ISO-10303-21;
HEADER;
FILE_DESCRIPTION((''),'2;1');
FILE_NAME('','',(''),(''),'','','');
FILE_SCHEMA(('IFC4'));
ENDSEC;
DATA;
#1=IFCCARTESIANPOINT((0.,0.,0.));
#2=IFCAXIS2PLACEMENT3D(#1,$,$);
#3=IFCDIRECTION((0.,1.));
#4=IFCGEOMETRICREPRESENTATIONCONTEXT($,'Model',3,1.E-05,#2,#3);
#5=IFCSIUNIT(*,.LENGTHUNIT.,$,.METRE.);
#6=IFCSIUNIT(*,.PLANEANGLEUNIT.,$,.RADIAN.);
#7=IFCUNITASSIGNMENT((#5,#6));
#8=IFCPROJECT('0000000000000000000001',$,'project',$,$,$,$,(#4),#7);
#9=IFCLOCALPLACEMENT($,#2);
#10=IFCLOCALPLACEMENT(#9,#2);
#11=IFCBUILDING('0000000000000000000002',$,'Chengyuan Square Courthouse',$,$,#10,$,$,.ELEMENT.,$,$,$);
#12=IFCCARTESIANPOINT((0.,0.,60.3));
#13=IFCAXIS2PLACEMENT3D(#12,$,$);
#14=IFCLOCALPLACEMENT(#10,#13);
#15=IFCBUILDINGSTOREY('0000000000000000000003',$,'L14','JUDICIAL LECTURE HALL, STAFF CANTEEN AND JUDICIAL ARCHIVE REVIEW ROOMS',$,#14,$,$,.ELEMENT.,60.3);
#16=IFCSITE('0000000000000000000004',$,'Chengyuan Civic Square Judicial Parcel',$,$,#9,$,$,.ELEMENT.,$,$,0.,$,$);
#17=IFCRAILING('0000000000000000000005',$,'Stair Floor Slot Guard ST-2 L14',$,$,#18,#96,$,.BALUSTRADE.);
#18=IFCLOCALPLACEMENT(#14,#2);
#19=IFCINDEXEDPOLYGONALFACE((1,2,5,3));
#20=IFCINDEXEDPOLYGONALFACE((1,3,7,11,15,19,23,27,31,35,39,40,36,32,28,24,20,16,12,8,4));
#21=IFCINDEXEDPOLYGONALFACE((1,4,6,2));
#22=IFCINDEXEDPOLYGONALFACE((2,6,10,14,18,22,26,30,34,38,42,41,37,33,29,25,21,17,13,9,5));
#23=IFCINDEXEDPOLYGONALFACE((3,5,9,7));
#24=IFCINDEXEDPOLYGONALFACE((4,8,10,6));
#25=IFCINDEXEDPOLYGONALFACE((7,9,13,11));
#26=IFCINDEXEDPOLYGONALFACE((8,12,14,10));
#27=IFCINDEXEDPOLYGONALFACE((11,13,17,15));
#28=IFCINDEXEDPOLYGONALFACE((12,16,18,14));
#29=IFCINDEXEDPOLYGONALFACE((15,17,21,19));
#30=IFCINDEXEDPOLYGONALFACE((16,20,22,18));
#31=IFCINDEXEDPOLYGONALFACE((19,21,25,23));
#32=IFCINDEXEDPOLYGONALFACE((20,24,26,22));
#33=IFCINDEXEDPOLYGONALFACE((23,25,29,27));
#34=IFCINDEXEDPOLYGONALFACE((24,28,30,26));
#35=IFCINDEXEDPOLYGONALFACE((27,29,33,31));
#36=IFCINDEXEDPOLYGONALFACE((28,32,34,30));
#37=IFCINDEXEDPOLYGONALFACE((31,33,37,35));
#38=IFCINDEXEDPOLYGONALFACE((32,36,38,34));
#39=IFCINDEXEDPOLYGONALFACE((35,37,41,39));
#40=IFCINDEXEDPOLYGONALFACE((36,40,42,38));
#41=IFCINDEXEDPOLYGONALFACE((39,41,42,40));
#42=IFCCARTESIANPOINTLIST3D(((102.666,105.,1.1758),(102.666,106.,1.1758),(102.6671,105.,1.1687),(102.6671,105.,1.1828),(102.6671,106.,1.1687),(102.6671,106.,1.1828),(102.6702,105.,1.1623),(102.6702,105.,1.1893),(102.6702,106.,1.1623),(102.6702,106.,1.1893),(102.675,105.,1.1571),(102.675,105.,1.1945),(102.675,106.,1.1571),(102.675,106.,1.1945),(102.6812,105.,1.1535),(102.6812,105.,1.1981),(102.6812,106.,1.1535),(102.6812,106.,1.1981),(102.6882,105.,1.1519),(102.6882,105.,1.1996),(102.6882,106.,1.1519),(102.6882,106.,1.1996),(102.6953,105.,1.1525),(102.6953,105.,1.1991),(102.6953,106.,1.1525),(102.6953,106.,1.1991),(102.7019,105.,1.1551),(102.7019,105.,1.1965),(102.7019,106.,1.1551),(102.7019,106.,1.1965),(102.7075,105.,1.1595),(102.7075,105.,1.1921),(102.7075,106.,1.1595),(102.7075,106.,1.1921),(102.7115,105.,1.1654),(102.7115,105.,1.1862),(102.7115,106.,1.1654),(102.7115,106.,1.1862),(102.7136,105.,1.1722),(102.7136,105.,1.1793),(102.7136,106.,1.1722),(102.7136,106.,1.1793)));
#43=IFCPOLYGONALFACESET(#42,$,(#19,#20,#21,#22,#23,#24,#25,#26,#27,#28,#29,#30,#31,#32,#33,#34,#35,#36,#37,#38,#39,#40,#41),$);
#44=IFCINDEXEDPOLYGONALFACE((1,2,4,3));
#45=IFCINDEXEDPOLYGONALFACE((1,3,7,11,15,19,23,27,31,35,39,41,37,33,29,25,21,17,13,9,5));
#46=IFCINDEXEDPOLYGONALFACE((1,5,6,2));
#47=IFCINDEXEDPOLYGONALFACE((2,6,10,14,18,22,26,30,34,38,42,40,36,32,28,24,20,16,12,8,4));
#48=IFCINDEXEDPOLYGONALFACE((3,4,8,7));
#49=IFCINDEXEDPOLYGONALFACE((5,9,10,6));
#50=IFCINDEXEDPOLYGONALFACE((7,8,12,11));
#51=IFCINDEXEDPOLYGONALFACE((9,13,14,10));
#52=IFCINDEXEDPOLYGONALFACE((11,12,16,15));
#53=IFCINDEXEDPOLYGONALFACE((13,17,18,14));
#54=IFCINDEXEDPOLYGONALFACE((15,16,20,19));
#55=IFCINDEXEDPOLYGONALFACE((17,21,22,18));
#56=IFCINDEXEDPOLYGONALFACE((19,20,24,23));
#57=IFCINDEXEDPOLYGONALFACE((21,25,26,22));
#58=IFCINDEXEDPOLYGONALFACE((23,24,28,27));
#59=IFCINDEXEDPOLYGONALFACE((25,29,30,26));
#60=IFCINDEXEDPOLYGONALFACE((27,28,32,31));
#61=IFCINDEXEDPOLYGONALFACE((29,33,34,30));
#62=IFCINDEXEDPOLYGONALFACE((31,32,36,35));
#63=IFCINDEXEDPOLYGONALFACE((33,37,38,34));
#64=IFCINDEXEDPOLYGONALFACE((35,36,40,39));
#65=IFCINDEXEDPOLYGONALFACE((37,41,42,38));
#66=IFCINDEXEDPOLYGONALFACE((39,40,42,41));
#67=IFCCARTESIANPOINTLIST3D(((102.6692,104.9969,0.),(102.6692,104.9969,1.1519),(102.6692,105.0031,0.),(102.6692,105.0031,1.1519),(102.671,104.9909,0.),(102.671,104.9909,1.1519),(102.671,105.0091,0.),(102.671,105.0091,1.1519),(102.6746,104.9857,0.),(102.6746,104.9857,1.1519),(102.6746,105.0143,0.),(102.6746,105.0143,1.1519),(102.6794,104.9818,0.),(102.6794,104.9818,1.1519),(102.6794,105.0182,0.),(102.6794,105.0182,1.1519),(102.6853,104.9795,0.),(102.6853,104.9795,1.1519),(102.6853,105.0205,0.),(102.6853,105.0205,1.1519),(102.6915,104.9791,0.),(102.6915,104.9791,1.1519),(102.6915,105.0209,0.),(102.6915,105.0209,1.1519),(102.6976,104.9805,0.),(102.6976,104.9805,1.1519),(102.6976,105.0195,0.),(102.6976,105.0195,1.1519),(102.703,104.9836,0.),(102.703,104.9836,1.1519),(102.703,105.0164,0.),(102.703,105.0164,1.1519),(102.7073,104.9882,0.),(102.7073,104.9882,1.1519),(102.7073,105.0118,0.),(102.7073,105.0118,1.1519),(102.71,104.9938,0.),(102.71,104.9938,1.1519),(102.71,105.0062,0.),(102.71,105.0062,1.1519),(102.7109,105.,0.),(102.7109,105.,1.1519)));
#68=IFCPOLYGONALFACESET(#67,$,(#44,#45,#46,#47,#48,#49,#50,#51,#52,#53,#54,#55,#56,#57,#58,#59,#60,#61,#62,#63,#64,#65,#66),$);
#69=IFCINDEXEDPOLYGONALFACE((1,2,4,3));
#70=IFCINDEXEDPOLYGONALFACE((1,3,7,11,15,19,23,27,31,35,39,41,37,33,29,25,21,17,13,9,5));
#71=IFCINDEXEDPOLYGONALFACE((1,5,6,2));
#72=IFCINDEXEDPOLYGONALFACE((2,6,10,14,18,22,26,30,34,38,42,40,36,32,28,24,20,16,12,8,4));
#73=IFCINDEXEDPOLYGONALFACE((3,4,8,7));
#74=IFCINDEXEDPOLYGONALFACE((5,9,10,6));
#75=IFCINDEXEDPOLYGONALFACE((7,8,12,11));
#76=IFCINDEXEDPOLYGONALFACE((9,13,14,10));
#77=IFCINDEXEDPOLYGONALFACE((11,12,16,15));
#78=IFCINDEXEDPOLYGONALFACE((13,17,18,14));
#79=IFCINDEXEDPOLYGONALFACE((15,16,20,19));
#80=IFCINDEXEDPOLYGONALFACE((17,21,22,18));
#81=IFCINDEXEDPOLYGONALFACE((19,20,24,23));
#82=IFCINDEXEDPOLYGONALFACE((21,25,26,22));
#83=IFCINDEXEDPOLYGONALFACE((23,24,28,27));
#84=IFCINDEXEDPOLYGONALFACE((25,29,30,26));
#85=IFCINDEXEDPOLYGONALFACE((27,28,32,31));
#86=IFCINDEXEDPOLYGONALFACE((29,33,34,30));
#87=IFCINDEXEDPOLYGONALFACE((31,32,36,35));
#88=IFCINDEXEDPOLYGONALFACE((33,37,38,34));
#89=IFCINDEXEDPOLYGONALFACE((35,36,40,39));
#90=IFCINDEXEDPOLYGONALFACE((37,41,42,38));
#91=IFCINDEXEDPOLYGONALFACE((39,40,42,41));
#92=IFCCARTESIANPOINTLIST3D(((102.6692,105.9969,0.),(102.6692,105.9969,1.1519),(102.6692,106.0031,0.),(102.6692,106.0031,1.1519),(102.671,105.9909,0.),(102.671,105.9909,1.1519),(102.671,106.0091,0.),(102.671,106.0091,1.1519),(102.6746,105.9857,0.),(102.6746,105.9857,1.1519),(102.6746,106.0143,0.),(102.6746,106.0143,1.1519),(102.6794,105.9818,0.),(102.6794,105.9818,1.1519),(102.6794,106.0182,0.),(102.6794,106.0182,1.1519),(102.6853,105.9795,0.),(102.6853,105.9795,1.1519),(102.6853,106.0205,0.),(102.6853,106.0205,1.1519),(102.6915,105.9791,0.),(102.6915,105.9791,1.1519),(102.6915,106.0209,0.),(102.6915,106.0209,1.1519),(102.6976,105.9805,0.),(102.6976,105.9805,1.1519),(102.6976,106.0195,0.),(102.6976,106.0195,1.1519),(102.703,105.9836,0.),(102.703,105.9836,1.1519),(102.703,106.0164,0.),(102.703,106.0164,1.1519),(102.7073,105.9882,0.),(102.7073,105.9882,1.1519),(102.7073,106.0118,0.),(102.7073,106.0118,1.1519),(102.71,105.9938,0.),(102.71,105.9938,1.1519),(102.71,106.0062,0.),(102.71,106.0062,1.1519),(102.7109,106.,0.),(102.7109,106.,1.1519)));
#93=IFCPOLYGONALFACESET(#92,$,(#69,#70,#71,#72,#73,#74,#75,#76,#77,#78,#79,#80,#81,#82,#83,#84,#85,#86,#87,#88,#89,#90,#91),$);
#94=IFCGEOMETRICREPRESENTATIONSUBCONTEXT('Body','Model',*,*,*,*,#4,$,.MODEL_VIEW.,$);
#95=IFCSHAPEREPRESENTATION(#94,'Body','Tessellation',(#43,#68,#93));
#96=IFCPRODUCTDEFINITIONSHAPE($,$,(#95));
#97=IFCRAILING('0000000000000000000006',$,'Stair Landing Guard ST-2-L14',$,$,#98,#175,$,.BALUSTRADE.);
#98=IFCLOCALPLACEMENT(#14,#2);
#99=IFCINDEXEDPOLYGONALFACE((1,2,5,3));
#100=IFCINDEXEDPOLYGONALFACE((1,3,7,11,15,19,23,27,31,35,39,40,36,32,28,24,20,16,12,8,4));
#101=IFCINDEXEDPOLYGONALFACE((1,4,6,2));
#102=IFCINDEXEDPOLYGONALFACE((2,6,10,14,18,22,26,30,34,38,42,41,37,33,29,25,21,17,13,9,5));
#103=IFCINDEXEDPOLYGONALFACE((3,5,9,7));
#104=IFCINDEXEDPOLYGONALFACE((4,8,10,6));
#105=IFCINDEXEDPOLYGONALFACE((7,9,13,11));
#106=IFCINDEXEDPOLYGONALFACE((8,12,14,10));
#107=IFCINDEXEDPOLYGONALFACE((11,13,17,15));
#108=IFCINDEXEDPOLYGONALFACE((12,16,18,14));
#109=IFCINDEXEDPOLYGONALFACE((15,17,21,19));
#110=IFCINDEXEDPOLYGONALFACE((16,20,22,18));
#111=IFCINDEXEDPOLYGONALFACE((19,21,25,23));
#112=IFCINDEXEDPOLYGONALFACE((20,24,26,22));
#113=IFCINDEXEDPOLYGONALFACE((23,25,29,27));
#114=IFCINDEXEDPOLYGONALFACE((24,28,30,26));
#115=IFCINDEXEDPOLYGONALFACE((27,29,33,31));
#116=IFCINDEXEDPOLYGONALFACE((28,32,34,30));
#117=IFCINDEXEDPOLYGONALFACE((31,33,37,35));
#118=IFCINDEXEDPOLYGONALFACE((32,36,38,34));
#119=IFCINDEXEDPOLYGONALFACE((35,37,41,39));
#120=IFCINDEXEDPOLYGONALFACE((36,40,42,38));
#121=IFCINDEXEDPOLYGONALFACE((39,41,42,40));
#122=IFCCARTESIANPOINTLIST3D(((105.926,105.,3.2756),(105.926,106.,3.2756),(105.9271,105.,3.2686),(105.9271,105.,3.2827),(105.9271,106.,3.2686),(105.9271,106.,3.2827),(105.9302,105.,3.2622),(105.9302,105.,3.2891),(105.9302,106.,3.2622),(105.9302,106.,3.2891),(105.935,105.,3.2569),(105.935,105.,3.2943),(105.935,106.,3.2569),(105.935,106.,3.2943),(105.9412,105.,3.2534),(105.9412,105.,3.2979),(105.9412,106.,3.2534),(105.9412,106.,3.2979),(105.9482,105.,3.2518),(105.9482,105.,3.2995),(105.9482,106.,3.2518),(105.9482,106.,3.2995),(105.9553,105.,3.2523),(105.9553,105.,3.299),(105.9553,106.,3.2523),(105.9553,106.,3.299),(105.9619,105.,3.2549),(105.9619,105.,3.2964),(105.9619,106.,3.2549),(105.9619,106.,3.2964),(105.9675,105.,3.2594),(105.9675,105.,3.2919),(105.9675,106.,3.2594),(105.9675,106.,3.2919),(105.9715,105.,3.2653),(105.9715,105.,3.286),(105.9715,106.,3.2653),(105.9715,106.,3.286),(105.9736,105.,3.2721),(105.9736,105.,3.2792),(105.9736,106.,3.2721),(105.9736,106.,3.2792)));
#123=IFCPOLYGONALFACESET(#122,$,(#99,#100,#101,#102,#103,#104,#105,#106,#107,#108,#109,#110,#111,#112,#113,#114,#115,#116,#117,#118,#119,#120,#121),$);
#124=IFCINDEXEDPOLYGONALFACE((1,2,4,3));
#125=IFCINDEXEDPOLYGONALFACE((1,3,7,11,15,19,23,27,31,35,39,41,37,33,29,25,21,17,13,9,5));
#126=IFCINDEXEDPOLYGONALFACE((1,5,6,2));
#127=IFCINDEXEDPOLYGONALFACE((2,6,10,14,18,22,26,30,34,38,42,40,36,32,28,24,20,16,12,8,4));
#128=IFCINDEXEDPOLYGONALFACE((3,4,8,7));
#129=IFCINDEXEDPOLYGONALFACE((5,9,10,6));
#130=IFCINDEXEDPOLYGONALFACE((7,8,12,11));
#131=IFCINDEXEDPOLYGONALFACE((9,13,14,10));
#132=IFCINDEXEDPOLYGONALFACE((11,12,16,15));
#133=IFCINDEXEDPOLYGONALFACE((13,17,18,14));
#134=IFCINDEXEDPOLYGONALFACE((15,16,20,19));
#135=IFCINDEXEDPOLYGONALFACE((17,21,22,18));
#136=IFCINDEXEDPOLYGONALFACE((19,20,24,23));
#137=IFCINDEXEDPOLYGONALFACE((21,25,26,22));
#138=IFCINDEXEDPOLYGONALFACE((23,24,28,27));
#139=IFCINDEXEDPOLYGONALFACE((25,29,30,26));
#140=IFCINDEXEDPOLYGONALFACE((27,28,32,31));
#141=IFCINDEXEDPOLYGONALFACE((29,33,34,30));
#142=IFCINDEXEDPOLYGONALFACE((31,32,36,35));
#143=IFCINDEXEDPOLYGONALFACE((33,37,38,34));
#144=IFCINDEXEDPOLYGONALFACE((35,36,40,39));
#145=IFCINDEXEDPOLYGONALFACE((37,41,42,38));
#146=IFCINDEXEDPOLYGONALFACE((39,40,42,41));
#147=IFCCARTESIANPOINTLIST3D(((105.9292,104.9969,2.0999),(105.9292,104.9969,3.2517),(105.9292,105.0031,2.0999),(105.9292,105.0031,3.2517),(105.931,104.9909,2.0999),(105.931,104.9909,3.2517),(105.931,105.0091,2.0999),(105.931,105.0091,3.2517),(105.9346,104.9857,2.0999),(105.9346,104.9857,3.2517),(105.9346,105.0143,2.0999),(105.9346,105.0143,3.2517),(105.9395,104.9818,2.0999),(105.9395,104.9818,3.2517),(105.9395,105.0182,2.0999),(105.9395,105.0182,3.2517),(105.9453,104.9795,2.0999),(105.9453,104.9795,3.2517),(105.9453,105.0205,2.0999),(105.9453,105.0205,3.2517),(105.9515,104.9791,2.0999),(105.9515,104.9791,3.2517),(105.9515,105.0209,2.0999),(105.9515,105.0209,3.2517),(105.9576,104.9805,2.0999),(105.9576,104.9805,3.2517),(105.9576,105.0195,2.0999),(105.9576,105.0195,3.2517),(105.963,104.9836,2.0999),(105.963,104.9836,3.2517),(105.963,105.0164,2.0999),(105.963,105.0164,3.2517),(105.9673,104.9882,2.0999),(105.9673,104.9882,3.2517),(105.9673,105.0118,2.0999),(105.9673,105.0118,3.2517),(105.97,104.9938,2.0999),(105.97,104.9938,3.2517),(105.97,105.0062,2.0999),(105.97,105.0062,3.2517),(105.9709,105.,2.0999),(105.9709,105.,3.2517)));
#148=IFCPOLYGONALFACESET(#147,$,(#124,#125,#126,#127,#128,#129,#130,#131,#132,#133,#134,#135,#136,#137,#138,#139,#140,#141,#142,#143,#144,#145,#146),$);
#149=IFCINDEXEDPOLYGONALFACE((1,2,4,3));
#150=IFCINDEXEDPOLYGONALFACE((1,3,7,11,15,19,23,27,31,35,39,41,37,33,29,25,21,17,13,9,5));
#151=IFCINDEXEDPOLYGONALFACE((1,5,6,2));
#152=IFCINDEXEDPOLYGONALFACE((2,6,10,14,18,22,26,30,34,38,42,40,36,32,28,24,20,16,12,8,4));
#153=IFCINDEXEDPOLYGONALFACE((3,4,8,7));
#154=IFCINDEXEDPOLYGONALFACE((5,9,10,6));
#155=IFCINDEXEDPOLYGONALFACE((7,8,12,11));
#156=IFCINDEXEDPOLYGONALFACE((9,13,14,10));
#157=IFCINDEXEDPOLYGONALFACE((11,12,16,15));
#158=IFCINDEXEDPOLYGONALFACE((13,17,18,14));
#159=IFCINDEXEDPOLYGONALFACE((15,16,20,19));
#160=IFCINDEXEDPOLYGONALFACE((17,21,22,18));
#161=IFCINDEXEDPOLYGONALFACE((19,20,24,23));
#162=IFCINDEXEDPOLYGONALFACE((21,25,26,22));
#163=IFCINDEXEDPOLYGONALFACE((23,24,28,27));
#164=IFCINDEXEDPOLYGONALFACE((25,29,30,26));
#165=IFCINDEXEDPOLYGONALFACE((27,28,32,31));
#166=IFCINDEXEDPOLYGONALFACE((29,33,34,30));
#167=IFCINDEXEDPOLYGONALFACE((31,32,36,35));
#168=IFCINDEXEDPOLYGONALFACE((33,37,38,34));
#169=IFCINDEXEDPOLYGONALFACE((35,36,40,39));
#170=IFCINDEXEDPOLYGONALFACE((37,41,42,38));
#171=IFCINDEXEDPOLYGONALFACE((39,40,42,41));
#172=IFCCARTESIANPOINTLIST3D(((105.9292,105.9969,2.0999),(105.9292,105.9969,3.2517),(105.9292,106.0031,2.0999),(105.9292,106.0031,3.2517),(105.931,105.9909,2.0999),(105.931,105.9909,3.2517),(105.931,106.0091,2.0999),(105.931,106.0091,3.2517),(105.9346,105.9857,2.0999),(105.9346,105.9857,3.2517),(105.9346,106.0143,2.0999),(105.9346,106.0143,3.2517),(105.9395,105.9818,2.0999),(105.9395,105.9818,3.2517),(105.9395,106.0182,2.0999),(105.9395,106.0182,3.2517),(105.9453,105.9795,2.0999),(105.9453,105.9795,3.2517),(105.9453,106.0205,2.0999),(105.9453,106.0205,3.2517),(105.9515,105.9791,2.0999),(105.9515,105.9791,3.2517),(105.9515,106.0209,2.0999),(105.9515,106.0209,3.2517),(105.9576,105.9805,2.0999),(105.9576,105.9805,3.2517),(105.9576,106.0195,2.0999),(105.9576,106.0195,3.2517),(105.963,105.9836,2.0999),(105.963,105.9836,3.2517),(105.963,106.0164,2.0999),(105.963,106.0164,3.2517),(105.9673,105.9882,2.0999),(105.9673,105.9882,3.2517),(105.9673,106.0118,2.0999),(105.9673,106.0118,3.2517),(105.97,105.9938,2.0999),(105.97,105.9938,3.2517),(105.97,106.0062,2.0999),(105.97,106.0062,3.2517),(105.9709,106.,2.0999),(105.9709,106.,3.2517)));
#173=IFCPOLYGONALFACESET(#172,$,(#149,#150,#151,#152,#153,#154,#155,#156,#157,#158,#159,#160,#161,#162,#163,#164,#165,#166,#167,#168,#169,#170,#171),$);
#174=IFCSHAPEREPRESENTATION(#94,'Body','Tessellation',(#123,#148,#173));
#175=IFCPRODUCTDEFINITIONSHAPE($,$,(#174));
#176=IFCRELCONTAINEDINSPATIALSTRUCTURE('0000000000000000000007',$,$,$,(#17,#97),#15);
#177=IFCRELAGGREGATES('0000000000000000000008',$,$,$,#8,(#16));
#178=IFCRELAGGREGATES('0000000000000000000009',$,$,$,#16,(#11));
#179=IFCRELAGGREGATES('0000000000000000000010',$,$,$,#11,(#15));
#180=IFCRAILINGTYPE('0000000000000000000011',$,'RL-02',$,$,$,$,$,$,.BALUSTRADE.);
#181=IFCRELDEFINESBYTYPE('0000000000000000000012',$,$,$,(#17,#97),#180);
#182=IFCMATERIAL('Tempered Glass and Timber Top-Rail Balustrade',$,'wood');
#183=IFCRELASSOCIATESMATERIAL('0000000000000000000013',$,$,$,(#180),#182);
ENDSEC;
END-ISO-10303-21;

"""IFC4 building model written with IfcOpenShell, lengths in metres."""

from ifc_helpers import new_model, si_unit, direction, frame, origin, origin_2d, place, context, subcontext, project, spatial, circle, extrude, material, type_object, element, save


model = new_model("IFC4")

# Units and contexts
model_context = context("Model", 3, precision=1e-05, world=origin(), true_north=direction((0.0, 1.0)))
body_context = subcontext(model_context, "Body", "Model", "MODEL_VIEW")
ifc_project = project(units=[si_unit("LENGTHUNIT", "METRE"), si_unit("PLANEANGLEUNIT", "RADIAN")], contexts=[model_context])

# Site, building, storey
site_placement = place(None, origin())
site = spatial("IfcSite", under=ifc_project, at=site_placement, Name="Chengyuan Civic Square Judicial Parcel", CompositionType="ELEMENT", RefElevation=0.0)
building_placement = place(site_placement, origin())
building = spatial("IfcBuilding", under=site, at=building_placement, Name="Chengyuan Square Courthouse", CompositionType="ELEMENT")
storey_placement = place(building_placement, frame((0.0, 0.0, 60.3)))
storey = spatial("IfcBuildingStorey", under=building, at=storey_placement, Name="L14", Description="JUDICIAL LECTURE HALL, STAFF CANTEEN AND JUDICIAL ARCHIVE REVIEW ROOMS", CompositionType="ELEMENT", Elevation=60.3)

# Railings
ifc_material_1 = material(Name="Tempered Glass and Timber Top-Rail Balustrade", Category="wood")
railing_type_1 = type_object("IfcRailingType", Name="RL-02", PredefinedType="BALUSTRADE", material=ifc_material_1)
for number, where, name in (
    (1, (102.6899, 105.0, 0.0), "Stair Floor Slot Guard ST-2 L14"),
    (2, (105.95, 105.0, 2.0999), "Stair Landing Guard ST-2-L14"),
):
    element("IfcRailing", number, at=place(storey_placement, frame(where)), inside=storey, type_object=railing_type_1, Name=name, PredefinedType="BALUSTRADE", context=body_context, shape_type="SweptSolid", body=[
        extrude(circle(Radius=0.0239, at=origin_2d()), frame((0.0, 0.0, 1.1758), z_axis=(0.0, 1.0, 0.0), x_axis=(-1.0, 0.0, 0.0)), (0.0, 0.0, 1.0), 1.0),
        extrude(circle(Radius=0.021, at=origin_2d()), origin(), (0.0, 0.0, 1.0), 1.1519),
        extrude(circle(Radius=0.021, at=origin_2d()), frame((0.0, 1.0, 0.0)), (0.0, 0.0, 1.0), 1.1519),
    ])

save(model, "model.ifc")
